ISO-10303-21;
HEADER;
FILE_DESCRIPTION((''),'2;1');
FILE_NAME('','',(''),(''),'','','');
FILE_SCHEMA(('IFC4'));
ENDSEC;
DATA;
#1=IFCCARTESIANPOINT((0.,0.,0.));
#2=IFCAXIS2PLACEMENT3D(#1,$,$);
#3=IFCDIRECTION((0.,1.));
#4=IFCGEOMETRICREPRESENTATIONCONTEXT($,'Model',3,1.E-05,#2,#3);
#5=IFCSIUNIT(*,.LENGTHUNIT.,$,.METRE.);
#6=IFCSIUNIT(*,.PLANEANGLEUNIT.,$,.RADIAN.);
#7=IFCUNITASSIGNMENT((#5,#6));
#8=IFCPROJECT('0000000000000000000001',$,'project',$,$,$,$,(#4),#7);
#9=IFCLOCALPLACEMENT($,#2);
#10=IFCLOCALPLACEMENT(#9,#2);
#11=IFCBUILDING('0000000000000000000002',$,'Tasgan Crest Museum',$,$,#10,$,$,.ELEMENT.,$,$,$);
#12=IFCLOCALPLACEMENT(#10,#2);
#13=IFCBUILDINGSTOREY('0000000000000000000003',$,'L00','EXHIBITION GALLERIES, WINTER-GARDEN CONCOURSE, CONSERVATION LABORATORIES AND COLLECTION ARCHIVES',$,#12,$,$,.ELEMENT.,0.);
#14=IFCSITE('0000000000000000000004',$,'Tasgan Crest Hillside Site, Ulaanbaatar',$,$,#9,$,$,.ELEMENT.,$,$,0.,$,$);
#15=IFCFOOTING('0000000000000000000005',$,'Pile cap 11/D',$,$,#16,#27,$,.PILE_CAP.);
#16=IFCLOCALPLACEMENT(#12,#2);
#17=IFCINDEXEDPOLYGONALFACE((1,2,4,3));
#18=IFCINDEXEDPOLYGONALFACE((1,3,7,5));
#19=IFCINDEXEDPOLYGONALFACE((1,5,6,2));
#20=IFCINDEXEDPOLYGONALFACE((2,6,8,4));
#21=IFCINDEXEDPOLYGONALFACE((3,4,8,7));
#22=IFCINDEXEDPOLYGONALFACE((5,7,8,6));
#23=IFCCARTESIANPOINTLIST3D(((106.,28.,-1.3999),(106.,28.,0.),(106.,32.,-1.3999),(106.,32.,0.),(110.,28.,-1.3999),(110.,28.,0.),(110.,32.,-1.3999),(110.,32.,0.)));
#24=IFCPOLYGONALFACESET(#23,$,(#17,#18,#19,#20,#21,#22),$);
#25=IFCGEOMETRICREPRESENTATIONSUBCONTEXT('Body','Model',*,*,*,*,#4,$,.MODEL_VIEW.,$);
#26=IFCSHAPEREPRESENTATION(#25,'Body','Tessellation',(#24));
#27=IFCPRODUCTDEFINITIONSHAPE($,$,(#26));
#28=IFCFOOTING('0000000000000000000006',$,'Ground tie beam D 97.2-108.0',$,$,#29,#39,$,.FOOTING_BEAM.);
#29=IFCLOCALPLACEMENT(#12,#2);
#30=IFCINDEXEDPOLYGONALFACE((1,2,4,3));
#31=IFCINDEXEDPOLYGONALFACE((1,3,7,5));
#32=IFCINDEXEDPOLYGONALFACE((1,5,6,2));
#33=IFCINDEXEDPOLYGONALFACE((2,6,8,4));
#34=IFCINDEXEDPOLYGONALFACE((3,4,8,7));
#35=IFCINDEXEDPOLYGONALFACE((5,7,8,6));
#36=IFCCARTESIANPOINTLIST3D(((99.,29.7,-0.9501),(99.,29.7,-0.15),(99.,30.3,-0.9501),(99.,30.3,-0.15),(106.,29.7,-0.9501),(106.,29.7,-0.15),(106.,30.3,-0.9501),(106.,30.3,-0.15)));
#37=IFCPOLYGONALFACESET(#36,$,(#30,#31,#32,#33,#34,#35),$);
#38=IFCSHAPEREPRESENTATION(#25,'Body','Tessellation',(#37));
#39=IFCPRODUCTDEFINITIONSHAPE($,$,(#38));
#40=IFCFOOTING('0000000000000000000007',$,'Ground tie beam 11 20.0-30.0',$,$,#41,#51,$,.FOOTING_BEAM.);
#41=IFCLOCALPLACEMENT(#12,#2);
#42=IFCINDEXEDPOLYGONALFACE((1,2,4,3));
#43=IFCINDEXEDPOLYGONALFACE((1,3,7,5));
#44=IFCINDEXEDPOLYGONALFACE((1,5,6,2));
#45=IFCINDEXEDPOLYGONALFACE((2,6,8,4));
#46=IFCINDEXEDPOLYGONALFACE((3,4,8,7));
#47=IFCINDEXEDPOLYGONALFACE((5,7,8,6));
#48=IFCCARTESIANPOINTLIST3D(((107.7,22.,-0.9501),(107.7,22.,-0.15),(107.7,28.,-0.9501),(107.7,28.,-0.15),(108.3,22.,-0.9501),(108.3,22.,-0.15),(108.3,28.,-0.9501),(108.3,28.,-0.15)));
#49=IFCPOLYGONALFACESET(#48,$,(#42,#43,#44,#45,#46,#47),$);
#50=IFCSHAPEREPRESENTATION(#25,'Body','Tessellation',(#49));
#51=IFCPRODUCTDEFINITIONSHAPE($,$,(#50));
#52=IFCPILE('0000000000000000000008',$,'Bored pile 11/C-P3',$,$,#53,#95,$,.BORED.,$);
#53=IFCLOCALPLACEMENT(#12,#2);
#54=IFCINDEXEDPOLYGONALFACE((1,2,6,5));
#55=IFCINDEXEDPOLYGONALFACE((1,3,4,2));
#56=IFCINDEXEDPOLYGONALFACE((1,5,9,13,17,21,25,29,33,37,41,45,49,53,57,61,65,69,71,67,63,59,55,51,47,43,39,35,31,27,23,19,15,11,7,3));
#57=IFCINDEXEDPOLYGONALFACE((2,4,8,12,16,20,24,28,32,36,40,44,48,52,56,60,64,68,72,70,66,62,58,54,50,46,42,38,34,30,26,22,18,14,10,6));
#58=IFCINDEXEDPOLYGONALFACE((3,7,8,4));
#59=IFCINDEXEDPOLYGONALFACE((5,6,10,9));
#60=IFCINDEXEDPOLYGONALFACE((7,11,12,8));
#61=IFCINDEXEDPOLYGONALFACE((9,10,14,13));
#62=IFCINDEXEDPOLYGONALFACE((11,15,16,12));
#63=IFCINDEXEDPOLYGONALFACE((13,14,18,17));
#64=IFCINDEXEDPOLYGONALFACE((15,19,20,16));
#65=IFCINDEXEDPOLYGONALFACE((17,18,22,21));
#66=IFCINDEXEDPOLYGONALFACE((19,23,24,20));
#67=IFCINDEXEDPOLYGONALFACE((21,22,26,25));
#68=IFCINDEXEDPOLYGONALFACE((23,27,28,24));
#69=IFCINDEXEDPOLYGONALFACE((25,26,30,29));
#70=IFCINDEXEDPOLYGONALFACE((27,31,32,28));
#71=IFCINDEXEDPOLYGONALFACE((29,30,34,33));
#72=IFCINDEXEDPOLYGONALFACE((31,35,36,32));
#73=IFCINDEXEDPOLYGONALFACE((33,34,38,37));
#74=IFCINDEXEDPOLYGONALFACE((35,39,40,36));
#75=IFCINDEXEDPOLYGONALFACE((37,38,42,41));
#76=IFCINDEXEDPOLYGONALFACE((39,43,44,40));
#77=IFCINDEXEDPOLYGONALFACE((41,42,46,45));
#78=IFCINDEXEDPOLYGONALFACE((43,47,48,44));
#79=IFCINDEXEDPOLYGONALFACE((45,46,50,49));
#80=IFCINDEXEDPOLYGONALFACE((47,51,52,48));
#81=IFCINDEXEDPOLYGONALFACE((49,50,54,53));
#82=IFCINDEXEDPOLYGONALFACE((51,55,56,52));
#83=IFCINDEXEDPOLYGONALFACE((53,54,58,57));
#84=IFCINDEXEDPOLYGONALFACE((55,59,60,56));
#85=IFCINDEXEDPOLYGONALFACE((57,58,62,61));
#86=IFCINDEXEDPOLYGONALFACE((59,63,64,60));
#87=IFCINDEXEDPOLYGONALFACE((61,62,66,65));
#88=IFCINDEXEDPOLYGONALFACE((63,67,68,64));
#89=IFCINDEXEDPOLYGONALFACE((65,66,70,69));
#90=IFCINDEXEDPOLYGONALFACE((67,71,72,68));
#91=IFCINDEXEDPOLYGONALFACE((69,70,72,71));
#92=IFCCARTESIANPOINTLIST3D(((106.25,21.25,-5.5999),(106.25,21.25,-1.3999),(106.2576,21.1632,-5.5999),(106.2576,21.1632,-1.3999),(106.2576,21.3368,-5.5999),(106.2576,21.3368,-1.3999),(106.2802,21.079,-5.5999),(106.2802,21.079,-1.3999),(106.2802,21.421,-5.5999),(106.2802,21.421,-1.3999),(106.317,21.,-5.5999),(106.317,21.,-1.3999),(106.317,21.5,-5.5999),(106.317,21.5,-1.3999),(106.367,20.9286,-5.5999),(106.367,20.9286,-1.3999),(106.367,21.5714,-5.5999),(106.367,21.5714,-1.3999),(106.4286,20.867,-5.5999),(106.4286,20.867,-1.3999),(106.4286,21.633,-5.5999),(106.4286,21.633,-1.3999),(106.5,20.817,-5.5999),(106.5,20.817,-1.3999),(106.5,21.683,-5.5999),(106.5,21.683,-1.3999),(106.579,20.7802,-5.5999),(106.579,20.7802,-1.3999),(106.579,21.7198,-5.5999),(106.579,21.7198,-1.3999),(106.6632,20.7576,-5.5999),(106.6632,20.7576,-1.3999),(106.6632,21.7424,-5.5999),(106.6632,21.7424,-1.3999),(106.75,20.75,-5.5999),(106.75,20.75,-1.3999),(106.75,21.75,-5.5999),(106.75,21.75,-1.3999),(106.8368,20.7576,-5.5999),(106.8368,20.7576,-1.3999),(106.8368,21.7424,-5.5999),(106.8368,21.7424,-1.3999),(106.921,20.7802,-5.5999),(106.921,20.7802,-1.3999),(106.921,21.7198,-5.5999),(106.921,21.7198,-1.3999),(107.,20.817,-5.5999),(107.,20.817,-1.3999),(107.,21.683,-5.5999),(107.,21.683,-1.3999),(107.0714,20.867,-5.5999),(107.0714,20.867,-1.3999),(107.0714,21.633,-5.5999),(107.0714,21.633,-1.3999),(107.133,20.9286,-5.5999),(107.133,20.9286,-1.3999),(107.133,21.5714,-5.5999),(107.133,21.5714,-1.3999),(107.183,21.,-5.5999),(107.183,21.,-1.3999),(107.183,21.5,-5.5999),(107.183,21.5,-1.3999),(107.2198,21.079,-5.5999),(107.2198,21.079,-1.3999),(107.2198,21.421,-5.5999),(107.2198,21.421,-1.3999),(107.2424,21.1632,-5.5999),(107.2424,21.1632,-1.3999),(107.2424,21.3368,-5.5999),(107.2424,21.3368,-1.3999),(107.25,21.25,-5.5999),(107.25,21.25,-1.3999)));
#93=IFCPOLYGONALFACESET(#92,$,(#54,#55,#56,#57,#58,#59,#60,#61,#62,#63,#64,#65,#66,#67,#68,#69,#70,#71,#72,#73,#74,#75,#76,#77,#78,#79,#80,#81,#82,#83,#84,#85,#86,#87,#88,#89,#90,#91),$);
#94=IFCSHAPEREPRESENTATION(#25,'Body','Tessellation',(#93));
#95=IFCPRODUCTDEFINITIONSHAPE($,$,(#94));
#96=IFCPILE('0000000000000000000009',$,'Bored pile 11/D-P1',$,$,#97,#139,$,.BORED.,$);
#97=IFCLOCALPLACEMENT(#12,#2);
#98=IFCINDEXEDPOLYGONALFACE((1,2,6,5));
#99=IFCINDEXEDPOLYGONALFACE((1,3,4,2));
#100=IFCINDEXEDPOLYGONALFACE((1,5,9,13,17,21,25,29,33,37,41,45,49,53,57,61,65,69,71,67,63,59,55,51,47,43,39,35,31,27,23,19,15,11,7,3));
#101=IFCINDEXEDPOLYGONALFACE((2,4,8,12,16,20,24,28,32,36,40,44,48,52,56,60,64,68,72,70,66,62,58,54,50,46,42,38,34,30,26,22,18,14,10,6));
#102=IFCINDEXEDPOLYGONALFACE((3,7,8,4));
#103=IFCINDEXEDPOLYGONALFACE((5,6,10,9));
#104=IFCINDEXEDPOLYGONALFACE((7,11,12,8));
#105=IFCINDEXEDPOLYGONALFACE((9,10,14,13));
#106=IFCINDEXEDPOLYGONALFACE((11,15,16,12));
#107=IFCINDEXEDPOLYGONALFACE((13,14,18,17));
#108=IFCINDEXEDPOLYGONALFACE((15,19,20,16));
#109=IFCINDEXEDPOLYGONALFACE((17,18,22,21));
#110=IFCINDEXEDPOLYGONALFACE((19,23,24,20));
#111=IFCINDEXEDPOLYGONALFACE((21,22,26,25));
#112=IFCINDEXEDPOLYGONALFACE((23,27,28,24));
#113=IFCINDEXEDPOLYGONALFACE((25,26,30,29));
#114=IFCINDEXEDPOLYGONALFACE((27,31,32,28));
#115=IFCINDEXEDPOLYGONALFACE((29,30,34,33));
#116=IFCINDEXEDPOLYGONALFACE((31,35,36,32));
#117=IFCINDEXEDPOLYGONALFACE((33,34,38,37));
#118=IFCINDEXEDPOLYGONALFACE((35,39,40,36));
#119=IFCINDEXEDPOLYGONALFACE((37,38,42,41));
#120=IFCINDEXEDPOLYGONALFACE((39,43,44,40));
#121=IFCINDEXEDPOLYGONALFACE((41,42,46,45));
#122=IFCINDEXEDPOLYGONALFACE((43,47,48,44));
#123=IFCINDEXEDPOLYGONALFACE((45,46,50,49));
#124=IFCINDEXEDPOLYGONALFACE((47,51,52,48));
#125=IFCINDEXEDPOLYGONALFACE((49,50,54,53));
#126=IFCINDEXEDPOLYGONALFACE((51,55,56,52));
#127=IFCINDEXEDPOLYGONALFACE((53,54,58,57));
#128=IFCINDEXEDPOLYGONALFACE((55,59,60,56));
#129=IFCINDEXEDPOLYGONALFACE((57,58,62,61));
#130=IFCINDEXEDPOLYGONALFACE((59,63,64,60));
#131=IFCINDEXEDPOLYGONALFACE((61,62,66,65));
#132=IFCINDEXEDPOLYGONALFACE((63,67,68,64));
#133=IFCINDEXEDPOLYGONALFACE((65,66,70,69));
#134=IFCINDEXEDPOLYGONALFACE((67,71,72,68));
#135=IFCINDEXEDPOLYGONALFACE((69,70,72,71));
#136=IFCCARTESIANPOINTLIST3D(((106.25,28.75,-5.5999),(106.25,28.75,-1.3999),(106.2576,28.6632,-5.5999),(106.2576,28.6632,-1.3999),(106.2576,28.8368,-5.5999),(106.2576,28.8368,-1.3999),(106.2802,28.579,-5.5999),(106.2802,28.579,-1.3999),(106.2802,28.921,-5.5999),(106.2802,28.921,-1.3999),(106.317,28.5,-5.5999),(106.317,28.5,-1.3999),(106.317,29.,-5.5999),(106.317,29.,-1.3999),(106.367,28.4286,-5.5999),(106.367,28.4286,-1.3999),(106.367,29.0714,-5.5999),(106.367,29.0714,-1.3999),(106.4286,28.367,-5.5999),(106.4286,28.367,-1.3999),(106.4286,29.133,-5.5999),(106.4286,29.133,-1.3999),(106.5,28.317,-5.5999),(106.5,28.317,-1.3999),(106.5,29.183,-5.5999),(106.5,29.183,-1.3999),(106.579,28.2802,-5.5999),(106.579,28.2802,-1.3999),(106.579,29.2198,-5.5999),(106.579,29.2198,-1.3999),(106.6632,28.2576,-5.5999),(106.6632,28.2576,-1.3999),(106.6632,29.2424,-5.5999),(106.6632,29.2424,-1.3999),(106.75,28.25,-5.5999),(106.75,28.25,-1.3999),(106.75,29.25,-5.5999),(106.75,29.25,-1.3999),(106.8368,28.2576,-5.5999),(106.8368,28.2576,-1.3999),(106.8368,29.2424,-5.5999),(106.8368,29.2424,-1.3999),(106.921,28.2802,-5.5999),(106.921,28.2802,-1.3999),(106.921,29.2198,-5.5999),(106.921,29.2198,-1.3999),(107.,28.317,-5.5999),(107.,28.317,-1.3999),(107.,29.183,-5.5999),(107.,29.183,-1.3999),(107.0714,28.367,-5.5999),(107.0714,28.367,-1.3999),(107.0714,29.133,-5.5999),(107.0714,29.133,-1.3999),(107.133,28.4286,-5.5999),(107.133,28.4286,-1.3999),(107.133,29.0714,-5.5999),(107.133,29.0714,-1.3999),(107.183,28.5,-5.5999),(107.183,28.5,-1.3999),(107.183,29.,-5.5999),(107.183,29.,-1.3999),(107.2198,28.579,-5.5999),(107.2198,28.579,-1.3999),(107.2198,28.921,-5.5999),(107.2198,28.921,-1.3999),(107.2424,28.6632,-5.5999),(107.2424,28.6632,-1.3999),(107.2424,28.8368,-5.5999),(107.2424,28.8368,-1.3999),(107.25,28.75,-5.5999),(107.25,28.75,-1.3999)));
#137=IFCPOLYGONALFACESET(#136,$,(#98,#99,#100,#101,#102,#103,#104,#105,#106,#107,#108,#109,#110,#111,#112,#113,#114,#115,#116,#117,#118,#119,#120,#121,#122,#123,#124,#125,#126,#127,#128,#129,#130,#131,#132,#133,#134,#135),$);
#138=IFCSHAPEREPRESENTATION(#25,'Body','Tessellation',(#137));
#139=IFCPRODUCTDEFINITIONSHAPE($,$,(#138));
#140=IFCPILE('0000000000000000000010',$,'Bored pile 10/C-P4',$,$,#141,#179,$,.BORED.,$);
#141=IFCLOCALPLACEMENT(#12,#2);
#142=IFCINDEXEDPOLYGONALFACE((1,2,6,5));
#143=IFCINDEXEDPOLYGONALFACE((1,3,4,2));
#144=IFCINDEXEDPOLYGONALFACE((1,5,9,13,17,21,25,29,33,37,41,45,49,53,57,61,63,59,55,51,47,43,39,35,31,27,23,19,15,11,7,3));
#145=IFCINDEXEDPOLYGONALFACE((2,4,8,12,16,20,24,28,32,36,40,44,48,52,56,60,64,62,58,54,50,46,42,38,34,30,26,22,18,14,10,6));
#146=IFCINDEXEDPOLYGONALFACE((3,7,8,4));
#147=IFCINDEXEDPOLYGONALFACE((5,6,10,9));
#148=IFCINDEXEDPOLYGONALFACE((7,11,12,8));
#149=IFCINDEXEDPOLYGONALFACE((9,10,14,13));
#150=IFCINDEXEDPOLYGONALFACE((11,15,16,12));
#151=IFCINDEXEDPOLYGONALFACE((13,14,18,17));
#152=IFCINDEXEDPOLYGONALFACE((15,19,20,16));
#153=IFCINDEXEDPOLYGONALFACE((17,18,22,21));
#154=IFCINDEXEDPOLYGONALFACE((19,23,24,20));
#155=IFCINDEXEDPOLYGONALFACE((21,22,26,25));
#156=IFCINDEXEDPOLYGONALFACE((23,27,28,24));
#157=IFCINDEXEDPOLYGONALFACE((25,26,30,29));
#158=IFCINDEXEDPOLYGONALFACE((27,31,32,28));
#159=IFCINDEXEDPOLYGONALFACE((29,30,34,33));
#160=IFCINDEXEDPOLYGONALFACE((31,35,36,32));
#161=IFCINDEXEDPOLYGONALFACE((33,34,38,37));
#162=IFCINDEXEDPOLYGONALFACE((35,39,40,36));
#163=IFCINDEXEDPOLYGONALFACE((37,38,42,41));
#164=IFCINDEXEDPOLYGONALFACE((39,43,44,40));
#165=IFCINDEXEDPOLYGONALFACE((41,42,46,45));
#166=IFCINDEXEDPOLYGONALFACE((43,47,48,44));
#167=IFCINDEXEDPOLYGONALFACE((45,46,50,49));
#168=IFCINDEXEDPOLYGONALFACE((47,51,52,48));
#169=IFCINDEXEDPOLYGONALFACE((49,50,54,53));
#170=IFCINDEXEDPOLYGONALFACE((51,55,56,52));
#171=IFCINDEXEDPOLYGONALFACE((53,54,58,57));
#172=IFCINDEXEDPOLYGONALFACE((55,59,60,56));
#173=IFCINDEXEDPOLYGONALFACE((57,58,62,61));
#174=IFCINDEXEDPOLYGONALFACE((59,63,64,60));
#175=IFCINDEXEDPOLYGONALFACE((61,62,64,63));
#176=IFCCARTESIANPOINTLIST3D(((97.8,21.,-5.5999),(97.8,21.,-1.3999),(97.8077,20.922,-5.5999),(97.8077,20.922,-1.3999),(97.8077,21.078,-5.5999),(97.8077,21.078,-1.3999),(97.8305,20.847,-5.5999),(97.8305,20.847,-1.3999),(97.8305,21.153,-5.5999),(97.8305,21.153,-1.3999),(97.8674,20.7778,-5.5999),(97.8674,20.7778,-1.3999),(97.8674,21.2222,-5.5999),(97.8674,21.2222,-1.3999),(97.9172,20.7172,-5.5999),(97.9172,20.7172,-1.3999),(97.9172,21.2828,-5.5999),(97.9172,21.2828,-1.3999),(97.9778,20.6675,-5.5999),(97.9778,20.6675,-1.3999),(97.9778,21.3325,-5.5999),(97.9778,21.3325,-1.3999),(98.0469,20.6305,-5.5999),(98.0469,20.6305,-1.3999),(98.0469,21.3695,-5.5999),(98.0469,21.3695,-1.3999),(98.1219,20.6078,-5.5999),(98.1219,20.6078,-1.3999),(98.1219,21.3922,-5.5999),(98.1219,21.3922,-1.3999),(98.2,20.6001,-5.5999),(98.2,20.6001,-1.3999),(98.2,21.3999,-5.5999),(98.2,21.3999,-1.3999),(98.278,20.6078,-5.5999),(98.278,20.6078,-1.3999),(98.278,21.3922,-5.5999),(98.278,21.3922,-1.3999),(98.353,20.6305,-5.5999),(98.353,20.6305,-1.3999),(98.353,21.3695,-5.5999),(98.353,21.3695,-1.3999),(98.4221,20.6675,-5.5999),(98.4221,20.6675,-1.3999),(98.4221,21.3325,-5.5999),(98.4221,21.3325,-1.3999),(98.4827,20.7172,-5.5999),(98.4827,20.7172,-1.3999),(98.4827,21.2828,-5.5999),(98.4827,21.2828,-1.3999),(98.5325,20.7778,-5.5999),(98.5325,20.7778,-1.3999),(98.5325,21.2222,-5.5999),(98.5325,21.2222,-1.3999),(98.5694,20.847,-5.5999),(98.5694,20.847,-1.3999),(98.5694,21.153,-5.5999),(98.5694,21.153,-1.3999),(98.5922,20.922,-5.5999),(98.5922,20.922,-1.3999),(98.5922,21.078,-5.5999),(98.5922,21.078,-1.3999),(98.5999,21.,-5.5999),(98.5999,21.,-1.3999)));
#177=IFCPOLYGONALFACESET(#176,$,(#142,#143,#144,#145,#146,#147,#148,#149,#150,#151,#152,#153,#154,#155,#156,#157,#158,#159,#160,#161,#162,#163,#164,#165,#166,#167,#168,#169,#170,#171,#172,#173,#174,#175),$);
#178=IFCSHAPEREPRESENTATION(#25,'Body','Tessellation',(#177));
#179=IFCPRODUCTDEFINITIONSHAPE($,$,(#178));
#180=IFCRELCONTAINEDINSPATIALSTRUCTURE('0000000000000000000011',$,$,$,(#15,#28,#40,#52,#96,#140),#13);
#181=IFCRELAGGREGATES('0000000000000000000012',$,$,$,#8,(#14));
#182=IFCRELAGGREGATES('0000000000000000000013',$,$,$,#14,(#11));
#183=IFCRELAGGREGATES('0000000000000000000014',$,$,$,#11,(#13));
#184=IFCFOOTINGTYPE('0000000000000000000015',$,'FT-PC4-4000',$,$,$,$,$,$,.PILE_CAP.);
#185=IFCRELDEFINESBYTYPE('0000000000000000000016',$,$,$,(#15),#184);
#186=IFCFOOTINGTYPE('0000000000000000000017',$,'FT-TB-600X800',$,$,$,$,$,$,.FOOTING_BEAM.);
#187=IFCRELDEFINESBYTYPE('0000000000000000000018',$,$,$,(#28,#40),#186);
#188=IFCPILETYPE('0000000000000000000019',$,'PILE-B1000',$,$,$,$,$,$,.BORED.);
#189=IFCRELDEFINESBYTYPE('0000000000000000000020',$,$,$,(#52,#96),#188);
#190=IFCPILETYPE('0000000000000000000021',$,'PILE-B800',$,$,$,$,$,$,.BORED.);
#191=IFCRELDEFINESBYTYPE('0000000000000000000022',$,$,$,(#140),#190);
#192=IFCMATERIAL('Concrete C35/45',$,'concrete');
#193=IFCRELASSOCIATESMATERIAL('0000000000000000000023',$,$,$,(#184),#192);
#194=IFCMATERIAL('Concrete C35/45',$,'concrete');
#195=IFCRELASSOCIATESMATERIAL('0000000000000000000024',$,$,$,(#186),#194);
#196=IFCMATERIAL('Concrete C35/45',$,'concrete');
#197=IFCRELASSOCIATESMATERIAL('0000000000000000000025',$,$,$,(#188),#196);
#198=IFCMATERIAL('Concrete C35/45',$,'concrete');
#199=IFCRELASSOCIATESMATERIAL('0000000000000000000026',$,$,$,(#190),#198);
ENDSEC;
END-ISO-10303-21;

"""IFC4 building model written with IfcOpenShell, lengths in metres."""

from ifc_helpers import new_model, si_unit, direction, frame, origin, origin_2d, place, context, subcontext, project, spatial, rectangle, circle, extrude, material, material_profile, profile_set, type_object, element, save


model = new_model("IFC4")

# Units and contexts
model_context = context("Model", 3, precision=1e-05, world=origin(), true_north=direction((0.0, 1.0)))
body_context = subcontext(model_context, "Body", "Model", "MODEL_VIEW")
ifc_project = project(units=[si_unit("LENGTHUNIT", "METRE"), si_unit("PLANEANGLEUNIT", "RADIAN")], contexts=[model_context])

# Site, building, storey
site_placement = place(None, origin())
site = spatial("IfcSite", under=ifc_project, at=site_placement, Name="Tasgan Crest Hillside Site, Ulaanbaatar", CompositionType="ELEMENT", RefElevation=0.0)
building_placement = place(site_placement, origin())
building = spatial("IfcBuilding", under=site, at=building_placement, Name="Tasgan Crest Museum", CompositionType="ELEMENT")
storey_placement = place(building_placement, origin())
storey = spatial("IfcBuildingStorey", under=building, at=storey_placement, Name="L00", Description="EXHIBITION GALLERIES, WINTER-GARDEN CONCOURSE, CONSERVATION LABORATORIES AND COLLECTION ARCHIVES", CompositionType="ELEMENT", Elevation=0.0)

# Footings
ifc_material_1 = material(Name="Concrete C35/45", Category="concrete")
footing_type_1 = type_object("IfcFootingType", Name="FT-PC4-4000", PredefinedType="PILE_CAP", material=ifc_material_1)
footing_1_placement = place(storey_placement, frame((108.0, 30.0, -1.3999), z_axis=(0.0, 0.0, 1.0), x_axis=(1.0, 0.0, 0.0)))
element("IfcFooting", 1, at=footing_1_placement, inside=storey, type_object=footing_type_1, Name="Pile cap 11/D", PredefinedType="PILE_CAP", context=body_context, shape_type="SweptSolid", body=[
    extrude(rectangle(XDim=4.0, YDim=4.0, at=origin_2d()), origin(), (0.0, 0.0, 1.0), 1.3999),
])
ifc_material_2 = material(Name="Concrete C35/45", Category="concrete")
ifc_material_profile_1 = material_profile(ifc_material_2, rectangle(XDim=0.6001, YDim=0.8, at=origin_2d()), Name="TB 600x800")
ifc_profile_set_1 = profile_set([ifc_material_profile_1], Name="Concrete C35/45")
footing_type_2 = type_object("IfcFootingType", Name="FT-TB-600X800", PredefinedType="FOOTING_BEAM", material=ifc_profile_set_1)
footing_2_placement = place(storey_placement, frame((99.0, 30.0, -0.55), z_axis=(1.0, 0.0, 0.0), x_axis=(0.0, 1.0, 0.0)))
element("IfcFooting", 2, at=footing_2_placement, inside=storey, type_object=footing_type_2, Name="Ground tie beam D 97.2-108.0", PredefinedType="FOOTING_BEAM", context=body_context, shape_type="SweptSolid", body=[
    extrude(rectangle(XDim=0.6001, YDim=0.8, at=origin_2d()), origin(), (0.0, 0.0, 1.0), 7.0),
])
footing_3_placement = place(storey_placement, frame((108.0, 22.0, -0.55), z_axis=(0.0, 1.0, 0.0), x_axis=(-1.0, 0.0, 0.0)))
element("IfcFooting", 3, at=footing_3_placement, inside=storey, type_object=footing_type_2, Name="Ground tie beam 11 20.0-30.0", PredefinedType="FOOTING_BEAM", context=body_context, shape_type="SweptSolid", body=[
    extrude(rectangle(XDim=0.6001, YDim=0.8, at=origin_2d()), origin(), (0.0, 0.0, 1.0), 6.0),
])

# Piles
ifc_material_3 = material(Name="Concrete C35/45", Category="concrete")
ifc_material_profile_2 = material_profile(ifc_material_3, circle(Radius=0.5, at=origin_2d()), Name="PILE D1000")
ifc_profile_set_2 = profile_set([ifc_material_profile_2], Name="Concrete C35/45")
pile_type_1 = type_object("IfcPileType", Name="PILE-B1000", PredefinedType="BORED", material=ifc_profile_set_2)
for number, where, z_axis, x_axis, name in (
    (4, (106.75, 21.25, -1.3999), (0.0, 0.0, -1.0), (1.0, 0.0, 0.0), "Bored pile 11/C-P3"),
    (5, (106.75, 28.75, -1.3999), (0.0, 0.0, -1.0), (1.0, 0.0, 0.0), "Bored pile 11/D-P1"),
):
    element("IfcPile", number, at=place(storey_placement, frame(where, z_axis=z_axis, x_axis=x_axis)), inside=storey, type_object=pile_type_1, Name=name, PredefinedType="BORED", context=body_context, shape_type="SweptSolid", body=[
        extrude(circle(Radius=0.5, at=origin_2d()), origin(), (0.0, 0.0, 1.0), 4.2),
    ])
ifc_material_4 = material(Name="Concrete C35/45", Category="concrete")
ifc_material_profile_3 = material_profile(ifc_material_4, circle(Radius=0.3999, at=origin_2d()), Name="PILE D800")
ifc_profile_set_3 = profile_set([ifc_material_profile_3], Name="Concrete C35/45")
pile_type_2 = type_object("IfcPileType", Name="PILE-B800", PredefinedType="BORED", material=ifc_profile_set_3)
for number, where, z_axis, x_axis, name in (
    (6, (98.2, 21.0, -1.3999), (0.0, 0.0, -1.0), (1.0, 0.0, 0.0), "Bored pile 10/C-P4"),
):
    element("IfcPile", number, at=place(storey_placement, frame(where, z_axis=z_axis, x_axis=x_axis)), inside=storey, type_object=pile_type_2, Name=name, PredefinedType="BORED", context=body_context, shape_type="SweptSolid", body=[
        extrude(circle(Radius=0.3999, at=origin_2d()), origin(), (0.0, 0.0, 1.0), 4.2),
    ])

save(model, "model.ifc")
